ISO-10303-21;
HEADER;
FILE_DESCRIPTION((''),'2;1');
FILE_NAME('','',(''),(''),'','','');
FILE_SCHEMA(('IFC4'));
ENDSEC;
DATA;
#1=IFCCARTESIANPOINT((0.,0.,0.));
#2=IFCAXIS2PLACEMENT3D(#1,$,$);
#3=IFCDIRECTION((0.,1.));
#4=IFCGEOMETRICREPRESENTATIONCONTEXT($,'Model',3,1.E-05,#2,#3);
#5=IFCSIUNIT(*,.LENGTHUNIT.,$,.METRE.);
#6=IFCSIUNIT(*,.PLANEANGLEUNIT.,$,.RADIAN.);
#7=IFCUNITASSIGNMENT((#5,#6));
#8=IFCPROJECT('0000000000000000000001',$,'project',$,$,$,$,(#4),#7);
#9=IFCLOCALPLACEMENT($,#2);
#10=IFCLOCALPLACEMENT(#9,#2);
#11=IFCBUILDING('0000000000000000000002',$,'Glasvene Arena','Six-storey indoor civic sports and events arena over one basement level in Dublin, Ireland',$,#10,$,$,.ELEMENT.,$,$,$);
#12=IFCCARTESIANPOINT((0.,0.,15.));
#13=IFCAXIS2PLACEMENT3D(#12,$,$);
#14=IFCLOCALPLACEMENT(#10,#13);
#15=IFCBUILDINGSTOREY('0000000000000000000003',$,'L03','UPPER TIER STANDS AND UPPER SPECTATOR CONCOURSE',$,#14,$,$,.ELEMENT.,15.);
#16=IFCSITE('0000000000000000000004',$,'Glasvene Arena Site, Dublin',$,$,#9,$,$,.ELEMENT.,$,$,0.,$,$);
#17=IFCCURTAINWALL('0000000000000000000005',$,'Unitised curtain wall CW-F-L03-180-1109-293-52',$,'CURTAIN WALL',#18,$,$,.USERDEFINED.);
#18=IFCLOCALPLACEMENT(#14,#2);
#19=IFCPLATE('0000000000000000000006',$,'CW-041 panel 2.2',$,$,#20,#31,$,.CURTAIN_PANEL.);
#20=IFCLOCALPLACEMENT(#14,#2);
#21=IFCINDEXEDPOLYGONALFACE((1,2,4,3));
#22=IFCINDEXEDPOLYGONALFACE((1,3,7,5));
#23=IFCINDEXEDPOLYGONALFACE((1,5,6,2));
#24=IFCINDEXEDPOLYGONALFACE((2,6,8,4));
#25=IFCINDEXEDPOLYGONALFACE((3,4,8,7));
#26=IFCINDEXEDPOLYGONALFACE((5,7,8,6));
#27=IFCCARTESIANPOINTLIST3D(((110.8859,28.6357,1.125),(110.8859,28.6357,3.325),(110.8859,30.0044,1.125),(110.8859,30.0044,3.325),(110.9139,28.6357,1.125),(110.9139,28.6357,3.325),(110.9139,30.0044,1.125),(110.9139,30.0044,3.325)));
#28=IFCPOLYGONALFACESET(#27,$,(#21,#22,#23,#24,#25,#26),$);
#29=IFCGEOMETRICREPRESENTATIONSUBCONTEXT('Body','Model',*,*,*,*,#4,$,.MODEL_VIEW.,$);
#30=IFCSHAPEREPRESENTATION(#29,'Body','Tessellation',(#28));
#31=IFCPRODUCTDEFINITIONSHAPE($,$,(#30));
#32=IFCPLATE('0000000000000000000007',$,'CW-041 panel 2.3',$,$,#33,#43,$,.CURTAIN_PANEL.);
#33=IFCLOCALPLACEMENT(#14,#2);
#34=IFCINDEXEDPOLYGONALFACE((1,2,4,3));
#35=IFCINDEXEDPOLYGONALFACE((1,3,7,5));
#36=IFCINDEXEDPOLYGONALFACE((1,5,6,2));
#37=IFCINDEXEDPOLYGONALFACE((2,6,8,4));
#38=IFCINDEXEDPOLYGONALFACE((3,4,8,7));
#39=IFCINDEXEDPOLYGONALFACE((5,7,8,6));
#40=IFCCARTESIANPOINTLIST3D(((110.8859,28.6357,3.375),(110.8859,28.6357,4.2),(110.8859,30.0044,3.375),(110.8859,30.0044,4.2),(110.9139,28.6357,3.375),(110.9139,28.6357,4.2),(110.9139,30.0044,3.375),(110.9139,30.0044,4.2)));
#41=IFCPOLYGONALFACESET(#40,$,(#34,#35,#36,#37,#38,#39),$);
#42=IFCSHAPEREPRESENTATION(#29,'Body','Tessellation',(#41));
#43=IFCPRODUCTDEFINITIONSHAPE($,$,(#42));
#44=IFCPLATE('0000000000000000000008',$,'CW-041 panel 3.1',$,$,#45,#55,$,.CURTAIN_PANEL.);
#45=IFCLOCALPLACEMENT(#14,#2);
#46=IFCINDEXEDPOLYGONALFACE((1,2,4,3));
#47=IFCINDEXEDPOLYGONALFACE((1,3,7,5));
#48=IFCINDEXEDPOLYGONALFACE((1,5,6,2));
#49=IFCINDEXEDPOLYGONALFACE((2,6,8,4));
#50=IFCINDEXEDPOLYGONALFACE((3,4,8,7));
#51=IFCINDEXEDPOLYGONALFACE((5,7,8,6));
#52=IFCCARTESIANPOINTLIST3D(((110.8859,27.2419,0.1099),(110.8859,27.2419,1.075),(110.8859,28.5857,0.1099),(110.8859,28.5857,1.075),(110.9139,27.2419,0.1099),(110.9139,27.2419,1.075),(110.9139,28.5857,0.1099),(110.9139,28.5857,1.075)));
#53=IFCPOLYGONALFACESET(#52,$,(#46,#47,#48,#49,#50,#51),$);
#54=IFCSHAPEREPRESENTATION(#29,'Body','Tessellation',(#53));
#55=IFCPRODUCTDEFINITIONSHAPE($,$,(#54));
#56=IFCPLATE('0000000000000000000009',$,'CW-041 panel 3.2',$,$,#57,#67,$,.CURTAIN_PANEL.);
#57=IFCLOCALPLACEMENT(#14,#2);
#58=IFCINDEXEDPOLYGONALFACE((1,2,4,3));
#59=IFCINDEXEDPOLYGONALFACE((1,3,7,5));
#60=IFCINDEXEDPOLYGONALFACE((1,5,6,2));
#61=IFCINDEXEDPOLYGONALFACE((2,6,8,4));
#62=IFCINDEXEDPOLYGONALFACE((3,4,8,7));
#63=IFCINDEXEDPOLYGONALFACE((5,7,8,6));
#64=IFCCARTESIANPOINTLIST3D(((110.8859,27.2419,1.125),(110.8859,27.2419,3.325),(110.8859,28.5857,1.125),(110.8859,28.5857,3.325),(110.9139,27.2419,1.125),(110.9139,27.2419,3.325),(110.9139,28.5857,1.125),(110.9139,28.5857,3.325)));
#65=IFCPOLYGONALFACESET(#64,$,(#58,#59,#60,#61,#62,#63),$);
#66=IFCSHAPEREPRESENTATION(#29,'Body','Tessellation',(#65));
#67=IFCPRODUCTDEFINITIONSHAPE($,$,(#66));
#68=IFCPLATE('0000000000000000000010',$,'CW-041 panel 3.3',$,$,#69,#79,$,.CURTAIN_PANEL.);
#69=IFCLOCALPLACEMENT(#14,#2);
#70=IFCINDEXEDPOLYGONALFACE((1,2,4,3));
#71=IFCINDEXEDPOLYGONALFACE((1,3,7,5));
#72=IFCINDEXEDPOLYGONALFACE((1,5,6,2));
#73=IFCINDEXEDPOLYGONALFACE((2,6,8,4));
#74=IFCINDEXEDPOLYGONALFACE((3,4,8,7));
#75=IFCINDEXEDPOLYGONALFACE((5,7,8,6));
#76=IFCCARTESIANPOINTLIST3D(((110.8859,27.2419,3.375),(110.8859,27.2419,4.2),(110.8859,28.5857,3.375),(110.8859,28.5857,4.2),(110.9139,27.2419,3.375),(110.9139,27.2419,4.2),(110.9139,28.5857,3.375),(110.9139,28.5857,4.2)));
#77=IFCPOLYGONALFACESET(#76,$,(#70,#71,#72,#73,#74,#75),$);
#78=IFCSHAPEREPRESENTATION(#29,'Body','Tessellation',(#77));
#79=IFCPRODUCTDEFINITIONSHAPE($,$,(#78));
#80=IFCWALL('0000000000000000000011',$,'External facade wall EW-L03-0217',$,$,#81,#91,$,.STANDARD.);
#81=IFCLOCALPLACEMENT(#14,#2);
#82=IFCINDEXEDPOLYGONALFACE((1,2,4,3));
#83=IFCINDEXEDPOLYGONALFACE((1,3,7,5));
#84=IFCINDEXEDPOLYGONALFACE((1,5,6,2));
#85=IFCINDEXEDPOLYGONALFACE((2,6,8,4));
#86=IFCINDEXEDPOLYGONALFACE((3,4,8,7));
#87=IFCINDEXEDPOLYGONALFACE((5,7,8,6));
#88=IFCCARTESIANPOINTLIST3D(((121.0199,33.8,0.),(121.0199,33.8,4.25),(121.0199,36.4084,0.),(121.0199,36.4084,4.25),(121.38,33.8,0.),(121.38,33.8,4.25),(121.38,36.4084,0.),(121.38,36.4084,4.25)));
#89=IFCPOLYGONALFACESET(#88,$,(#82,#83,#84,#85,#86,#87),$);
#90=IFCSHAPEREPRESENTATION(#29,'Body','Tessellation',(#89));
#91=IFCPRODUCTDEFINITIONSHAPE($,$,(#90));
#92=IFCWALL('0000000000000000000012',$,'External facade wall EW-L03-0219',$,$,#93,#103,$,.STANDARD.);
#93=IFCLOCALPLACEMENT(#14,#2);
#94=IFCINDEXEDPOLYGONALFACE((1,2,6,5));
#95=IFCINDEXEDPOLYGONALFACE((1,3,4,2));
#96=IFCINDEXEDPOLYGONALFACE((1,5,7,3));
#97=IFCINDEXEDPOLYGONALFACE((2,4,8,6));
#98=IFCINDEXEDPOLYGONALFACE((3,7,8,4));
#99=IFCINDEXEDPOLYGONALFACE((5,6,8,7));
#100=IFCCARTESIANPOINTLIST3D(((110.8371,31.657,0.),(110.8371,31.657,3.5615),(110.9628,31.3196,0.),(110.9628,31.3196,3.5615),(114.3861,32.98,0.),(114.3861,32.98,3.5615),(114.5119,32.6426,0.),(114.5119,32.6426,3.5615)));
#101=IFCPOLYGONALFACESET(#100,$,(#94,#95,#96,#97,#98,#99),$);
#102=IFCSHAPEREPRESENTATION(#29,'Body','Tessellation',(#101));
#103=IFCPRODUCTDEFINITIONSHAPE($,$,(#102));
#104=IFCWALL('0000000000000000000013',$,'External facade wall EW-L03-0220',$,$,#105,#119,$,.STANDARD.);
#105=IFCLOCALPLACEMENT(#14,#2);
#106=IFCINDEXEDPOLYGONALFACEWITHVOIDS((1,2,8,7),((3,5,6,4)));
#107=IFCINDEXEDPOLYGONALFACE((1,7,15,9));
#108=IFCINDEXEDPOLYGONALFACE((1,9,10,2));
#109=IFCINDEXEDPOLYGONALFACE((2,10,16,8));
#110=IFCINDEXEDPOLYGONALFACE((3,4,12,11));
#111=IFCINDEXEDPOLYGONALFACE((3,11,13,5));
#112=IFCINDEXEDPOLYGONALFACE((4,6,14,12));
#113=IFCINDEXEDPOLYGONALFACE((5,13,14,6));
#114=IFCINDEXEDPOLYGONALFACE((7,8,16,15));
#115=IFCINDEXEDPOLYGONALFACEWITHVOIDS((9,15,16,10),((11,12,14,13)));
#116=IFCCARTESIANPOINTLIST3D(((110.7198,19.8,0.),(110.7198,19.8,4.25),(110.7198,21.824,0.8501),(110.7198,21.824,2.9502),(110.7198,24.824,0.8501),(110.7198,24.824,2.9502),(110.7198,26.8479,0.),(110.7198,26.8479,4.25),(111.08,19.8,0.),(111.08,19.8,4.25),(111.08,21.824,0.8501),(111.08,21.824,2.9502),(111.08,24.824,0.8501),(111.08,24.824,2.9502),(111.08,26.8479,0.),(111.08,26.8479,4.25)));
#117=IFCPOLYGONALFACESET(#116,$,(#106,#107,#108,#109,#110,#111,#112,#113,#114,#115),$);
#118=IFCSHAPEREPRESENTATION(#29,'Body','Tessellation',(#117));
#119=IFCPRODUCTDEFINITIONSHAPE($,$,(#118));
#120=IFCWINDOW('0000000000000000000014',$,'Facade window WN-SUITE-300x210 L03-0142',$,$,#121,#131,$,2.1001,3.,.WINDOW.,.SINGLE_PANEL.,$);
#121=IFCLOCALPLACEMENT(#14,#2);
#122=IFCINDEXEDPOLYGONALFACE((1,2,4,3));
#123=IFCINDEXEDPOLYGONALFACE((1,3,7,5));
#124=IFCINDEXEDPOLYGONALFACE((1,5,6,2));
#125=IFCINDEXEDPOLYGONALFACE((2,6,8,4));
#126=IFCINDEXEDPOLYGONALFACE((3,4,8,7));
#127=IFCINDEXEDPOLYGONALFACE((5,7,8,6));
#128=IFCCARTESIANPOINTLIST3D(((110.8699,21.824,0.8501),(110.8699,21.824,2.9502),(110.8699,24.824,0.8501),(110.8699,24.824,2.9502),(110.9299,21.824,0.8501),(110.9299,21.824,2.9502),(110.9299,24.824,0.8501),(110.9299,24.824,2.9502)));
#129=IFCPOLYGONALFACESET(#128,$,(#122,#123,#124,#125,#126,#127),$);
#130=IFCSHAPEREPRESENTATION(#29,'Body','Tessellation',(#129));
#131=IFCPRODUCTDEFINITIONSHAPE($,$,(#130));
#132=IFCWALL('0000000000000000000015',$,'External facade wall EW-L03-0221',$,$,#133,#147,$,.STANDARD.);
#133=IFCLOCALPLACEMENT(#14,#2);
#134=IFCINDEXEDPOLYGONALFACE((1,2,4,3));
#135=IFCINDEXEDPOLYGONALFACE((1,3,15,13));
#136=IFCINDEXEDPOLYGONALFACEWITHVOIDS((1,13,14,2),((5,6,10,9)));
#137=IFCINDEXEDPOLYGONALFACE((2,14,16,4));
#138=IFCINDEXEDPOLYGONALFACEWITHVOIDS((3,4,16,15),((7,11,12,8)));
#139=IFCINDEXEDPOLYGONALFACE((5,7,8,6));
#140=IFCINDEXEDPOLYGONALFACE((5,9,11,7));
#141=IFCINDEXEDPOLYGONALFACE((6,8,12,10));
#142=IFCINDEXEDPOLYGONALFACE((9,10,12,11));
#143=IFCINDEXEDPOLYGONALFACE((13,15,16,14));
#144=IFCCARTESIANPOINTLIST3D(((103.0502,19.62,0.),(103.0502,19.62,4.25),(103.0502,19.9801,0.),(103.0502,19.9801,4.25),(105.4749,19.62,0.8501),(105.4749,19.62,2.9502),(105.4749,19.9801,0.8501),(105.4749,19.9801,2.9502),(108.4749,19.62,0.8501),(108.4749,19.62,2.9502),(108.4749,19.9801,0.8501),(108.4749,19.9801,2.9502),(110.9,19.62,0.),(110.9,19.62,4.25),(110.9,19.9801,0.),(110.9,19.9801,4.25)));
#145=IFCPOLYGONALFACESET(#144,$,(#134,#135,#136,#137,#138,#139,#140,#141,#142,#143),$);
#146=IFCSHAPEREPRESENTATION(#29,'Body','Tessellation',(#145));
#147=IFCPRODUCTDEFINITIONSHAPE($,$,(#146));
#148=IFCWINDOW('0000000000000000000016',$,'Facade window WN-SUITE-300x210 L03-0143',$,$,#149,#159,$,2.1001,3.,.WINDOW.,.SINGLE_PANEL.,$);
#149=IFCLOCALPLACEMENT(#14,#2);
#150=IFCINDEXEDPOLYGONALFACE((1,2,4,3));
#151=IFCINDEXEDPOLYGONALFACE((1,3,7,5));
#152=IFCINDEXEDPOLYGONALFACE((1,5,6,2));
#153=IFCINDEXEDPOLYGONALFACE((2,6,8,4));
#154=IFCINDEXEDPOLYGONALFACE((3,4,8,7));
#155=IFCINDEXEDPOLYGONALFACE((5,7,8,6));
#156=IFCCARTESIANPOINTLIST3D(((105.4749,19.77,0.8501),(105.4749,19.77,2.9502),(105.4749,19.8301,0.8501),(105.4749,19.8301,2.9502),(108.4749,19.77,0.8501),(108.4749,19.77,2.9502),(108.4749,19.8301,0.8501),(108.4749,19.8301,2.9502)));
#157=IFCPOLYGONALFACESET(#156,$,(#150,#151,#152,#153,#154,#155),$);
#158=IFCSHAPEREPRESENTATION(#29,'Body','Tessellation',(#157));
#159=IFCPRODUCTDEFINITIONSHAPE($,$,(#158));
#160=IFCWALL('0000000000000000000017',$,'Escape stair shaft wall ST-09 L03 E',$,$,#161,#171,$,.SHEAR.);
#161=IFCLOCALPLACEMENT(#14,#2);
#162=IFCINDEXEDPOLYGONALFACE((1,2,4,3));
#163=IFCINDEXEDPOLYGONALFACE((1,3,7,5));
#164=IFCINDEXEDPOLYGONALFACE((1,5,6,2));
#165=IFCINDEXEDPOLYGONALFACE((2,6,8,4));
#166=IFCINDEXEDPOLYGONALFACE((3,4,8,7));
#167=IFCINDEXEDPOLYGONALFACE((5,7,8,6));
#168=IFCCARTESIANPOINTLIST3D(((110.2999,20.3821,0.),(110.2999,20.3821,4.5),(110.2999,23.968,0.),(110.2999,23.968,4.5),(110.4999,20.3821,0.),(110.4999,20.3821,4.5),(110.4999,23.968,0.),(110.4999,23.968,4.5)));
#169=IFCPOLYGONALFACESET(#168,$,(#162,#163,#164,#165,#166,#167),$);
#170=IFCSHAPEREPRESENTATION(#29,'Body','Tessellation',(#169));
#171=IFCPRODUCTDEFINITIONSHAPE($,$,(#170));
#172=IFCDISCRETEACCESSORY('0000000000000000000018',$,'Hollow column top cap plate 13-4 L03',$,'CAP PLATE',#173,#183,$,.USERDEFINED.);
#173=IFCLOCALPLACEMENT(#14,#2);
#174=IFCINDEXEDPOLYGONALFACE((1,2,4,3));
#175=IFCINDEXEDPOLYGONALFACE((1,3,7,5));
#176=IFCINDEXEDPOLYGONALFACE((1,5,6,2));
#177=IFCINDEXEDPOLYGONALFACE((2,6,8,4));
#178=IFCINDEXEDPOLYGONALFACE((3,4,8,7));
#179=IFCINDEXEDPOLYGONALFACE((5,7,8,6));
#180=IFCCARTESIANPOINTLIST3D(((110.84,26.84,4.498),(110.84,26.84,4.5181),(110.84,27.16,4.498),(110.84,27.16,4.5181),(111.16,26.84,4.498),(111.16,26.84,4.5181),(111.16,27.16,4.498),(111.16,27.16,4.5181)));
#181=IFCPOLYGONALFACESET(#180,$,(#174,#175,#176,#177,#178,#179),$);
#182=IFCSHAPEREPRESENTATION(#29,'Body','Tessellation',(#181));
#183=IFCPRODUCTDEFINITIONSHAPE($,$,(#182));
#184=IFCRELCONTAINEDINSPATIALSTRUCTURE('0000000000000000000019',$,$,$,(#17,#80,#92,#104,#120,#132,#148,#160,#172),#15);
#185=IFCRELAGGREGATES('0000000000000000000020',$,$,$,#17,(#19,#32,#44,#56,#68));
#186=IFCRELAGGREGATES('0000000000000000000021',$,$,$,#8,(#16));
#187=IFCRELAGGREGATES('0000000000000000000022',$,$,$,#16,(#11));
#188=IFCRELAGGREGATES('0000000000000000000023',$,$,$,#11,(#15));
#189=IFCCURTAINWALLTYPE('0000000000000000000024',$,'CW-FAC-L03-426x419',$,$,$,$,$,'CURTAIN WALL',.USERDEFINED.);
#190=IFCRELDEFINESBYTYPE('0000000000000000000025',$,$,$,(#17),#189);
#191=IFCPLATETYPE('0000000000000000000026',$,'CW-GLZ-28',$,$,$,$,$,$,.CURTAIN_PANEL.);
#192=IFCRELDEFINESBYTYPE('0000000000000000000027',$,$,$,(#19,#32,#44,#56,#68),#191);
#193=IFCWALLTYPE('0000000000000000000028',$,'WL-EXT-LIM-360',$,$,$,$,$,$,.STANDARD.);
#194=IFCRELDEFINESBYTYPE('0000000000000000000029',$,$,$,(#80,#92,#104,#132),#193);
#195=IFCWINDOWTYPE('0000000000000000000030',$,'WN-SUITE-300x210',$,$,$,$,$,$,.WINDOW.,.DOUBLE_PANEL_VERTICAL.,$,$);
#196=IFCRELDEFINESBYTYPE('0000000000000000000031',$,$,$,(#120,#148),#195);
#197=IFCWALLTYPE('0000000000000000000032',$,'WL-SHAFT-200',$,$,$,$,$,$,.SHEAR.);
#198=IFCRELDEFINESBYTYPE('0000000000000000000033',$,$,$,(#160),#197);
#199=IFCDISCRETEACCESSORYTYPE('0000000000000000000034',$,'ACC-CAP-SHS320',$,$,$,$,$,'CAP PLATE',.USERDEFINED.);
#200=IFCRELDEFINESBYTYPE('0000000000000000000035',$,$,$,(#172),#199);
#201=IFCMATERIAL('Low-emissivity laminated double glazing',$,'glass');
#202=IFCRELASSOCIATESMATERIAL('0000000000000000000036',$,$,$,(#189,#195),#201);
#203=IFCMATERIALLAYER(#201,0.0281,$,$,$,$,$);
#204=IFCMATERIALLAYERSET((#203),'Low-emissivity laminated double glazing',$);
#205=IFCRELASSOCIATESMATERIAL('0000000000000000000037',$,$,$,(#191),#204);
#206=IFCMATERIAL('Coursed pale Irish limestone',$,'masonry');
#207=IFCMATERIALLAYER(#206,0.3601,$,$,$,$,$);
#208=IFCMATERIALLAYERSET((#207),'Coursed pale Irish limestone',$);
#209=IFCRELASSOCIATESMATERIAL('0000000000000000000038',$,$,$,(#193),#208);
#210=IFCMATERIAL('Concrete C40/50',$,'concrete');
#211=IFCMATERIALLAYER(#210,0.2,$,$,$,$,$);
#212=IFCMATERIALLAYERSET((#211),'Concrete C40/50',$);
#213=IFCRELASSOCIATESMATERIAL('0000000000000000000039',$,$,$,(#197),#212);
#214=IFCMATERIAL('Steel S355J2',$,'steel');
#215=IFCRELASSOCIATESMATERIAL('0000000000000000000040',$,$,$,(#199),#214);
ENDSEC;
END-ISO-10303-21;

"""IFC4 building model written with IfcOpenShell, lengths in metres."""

from ifc_helpers import new_model, si_unit, direction, frame, frame_2d, origin, origin_2d, place, context, subcontext, project, spatial, rectangle, extrude, material, layer, layer_set, type_object, element, fill, aggregate, save


model = new_model("IFC4")

# Units and contexts
model_context = context("Model", 3, precision=1e-05, world=origin(), true_north=direction((0.0, 1.0)))
body_context = subcontext(model_context, "Body", "Model", "MODEL_VIEW")
ifc_project = project(units=[si_unit("LENGTHUNIT", "METRE"), si_unit("PLANEANGLEUNIT", "RADIAN")], contexts=[model_context])

# Site, building, storey
site_placement = place(None, origin())
site = spatial("IfcSite", under=ifc_project, at=site_placement, Name="Glasvene Arena Site, Dublin", CompositionType="ELEMENT", RefElevation=0.0)
building_placement = place(site_placement, origin())
building = spatial("IfcBuilding", under=site, at=building_placement, Name="Glasvene Arena", Description="Six-storey indoor civic sports and events arena over one basement level in Dublin, Ireland", CompositionType="ELEMENT")
storey_placement = place(building_placement, frame((0.0, 0.0, 15.0)))
storey = spatial("IfcBuildingStorey", under=building, at=storey_placement, Name="L03", Description="UPPER TIER STANDS AND UPPER SPECTATOR CONCOURSE", CompositionType="ELEMENT", Elevation=15.0)

# Shared definitions
ifc_material_1 = material(Name="Steel S355J2", Category="steel")

# Curtain wall, plates
ifc_material_2 = material(Name="Low-emissivity laminated double glazing", Category="glass")
curtain_wall_type = type_object("IfcCurtainWallType", Name="CW-FAC-L03-426x419", ElementType="CURTAIN WALL", PredefinedType="USERDEFINED", material=ifc_material_2)
curtain_wall_placement = place(storey_placement, frame((110.8999, 31.4482, 0.0)))
curtain_wall = element("IfcCurtainWall", 1, at=curtain_wall_placement, inside=storey, type_object=curtain_wall_type, Name="Unitised curtain wall CW-F-L03-180-1109-293-52", ObjectType="CURTAIN WALL", PredefinedType="USERDEFINED")
ifc_layer_1 = layer(ifc_material_2, 0.0281)
ifc_layer_set_1 = layer_set([ifc_layer_1], Name="Low-emissivity laminated double glazing")
plate_type = type_object("IfcPlateType", Name="CW-GLZ-28", PredefinedType="CURTAIN_PANEL", material=ifc_layer_set_1)
plate_1_placement = place(storey_placement, frame((110.8999, 29.3201, 1.125), z_axis=(0.0, 0.0, 1.0), x_axis=(0.0, -1.0, 0.0)))
plate_1 = element("IfcPlate", 2, at=plate_1_placement, type_object=plate_type, Name="CW-041 panel 2.2", PredefinedType="CURTAIN_PANEL", context=body_context, shape_type="SweptSolid", body=[
    extrude(rectangle(XDim=1.3687, YDim=0.0281, at=origin_2d()), origin(), (0.0, 0.0, 1.0), 2.2),
])
plate_2_placement = place(storey_placement, frame((110.8999, 29.3201, 3.375), z_axis=(0.0, 0.0, 1.0), x_axis=(0.0, -1.0, 0.0)))
plate_2 = element("IfcPlate", 3, at=plate_2_placement, type_object=plate_type, Name="CW-041 panel 2.3", PredefinedType="CURTAIN_PANEL", context=body_context, shape_type="SweptSolid", body=[
    extrude(rectangle(XDim=1.3687, YDim=0.0281, at=origin_2d()), origin(), (0.0, 0.0, 1.0), 0.825),
])
plate_3_placement = place(storey_placement, frame((110.8999, 27.9138, 0.1099), z_axis=(0.0, 0.0, 1.0), x_axis=(0.0, -1.0, 0.0)))
plate_3 = element("IfcPlate", 4, at=plate_3_placement, type_object=plate_type, Name="CW-041 panel 3.1", PredefinedType="CURTAIN_PANEL", context=body_context, shape_type="SweptSolid", body=[
    extrude(rectangle(XDim=1.3438, YDim=0.0281, at=origin_2d()), origin(), (0.0, 0.0, 1.0), 0.9651),
])
plate_4_placement = place(storey_placement, frame((110.8999, 27.9138, 1.125), z_axis=(0.0, 0.0, 1.0), x_axis=(0.0, -1.0, 0.0)))
plate_4 = element("IfcPlate", 5, at=plate_4_placement, type_object=plate_type, Name="CW-041 panel 3.2", PredefinedType="CURTAIN_PANEL", context=body_context, shape_type="SweptSolid", body=[
    extrude(rectangle(XDim=1.3438, YDim=0.0281, at=origin_2d()), origin(), (0.0, 0.0, 1.0), 2.2),
])
plate_5_placement = place(storey_placement, frame((110.8999, 27.9138, 3.375), z_axis=(0.0, 0.0, 1.0), x_axis=(0.0, -1.0, 0.0)))
plate_5 = element("IfcPlate", 6, at=plate_5_placement, type_object=plate_type, Name="CW-041 panel 3.3", PredefinedType="CURTAIN_PANEL", context=body_context, shape_type="SweptSolid", body=[
    extrude(rectangle(XDim=1.3438, YDim=0.0281, at=origin_2d()), origin(), (0.0, 0.0, 1.0), 0.825),
])
aggregate(curtain_wall, [plate_1, plate_2, plate_3, plate_4, plate_5])

# Walls
ifc_material_3 = material(Name="Coursed pale Irish limestone", Category="masonry")
ifc_layer_2 = layer(ifc_material_3, 0.3601)
ifc_layer_set_2 = layer_set([ifc_layer_2], Name="Coursed pale Irish limestone")
wall_type_1 = type_object("IfcWallType", Name="WL-EXT-LIM-360", PredefinedType="STANDARD", material=ifc_layer_set_2)
wall_1_placement = place(storey_placement, frame((121.2, 33.8, 0.0), z_axis=(0.0, 0.0, 1.0), x_axis=(0.0, 1.0, 0.0)))
element("IfcWall", 7, at=wall_1_placement, inside=storey, type_object=wall_type_1, Name="External facade wall EW-L03-0217", PredefinedType="STANDARD", context=body_context, shape_type="SweptSolid", body=[
    extrude(rectangle(XDim=2.6084, YDim=0.3601, at=frame_2d((1.3042, 0.0))), origin(), (0.0, 0.0, 1.0), 4.25),
])
wall_2_placement = place(storey_placement, frame((114.449, 32.8113, 0.0), z_axis=(0.0, 0.0, 1.0), x_axis=(-0.937013, -0.349293, 0.0)))
element("IfcWall", 8, at=wall_2_placement, inside=storey, type_object=wall_type_1, Name="External facade wall EW-L03-0219", PredefinedType="STANDARD", context=body_context, shape_type="SweptSolid", body=[
    extrude(rectangle(XDim=3.7876, YDim=0.3601, at=frame_2d((1.8938, 0.0))), origin(), (0.0, 0.0, 1.0), 3.5615),
])

# Walls, openings, windows
wall_3_placement = place(storey_placement, frame((110.8999, 26.8479, 0.0), z_axis=(0.0, 0.0, 1.0), x_axis=(0.0, -1.0, 0.0)))
wall_3 = element("IfcWall", 9, at=wall_3_placement, inside=storey, type_object=wall_type_1, Name="External facade wall EW-L03-0220", PredefinedType="STANDARD", context=body_context, shape_type="SweptSolid", body=[
    extrude(rectangle(XDim=7.0479, YDim=0.3601, at=frame_2d((3.5239, 0.0))), origin(), (0.0, 0.0, 1.0), 4.25),
])
opening_1_placement = place(wall_3_placement, frame((2.0239, 0.0, 0.8501)))
opening_1 = element("IfcOpeningElement", 10, at=opening_1_placement, cuts=wall_3, PredefinedType="OPENING", context=body_context, shape_type="SweptSolid", body=[
    extrude(rectangle(XDim=3.0, YDim=2.1001, at=frame_2d((1.5, 1.05))), frame((0.0, 0.1899, 0.0), z_axis=(0.0, -1.0, 0.0), x_axis=(1.0, 0.0, 0.0)), (0.0, 0.0, 1.0), 0.3801),
])
window_type = type_object("IfcWindowType", Name="WN-SUITE-300x210", PartitioningType="DOUBLE_PANEL_VERTICAL", PredefinedType="WINDOW", material=ifc_material_2)
window_1_placement = place(opening_1_placement, origin())
window_1 = element("IfcWindow", 11, at=window_1_placement, inside=storey, type_object=window_type, Name="Facade window WN-SUITE-300x210 L03-0142", OverallHeight=2.1001, OverallWidth=3.0, PartitioningType="SINGLE_PANEL", PredefinedType="WINDOW", context=body_context, shape_type="SweptSolid", body=[
    extrude(rectangle(XDim=3.0, YDim=2.1001, at=frame_2d((1.5, 1.05))), frame((0.0, 0.03, 0.0), z_axis=(0.0, -1.0, 0.0), x_axis=(1.0, 0.0, 0.0)), (0.0, 0.0, 1.0), 0.0601),
])
fill(opening_1, window_1)
wall_4_placement = place(storey_placement, frame((110.8999, 19.8, 0.0), z_axis=(0.0, 0.0, 1.0), x_axis=(-1.0, 0.0, 0.0)))
wall_4 = element("IfcWall", 12, at=wall_4_placement, inside=storey, type_object=wall_type_1, Name="External facade wall EW-L03-0221", PredefinedType="STANDARD", context=body_context, shape_type="SweptSolid", body=[
    extrude(rectangle(XDim=7.8499, YDim=0.3601, at=frame_2d((3.9248, 0.0))), origin(), (0.0, 0.0, 1.0), 4.25),
])
opening_2_placement = place(wall_4_placement, frame((2.425, 0.0, 0.8501)))
opening_2 = element("IfcOpeningElement", 13, at=opening_2_placement, cuts=wall_4, PredefinedType="OPENING", context=body_context, shape_type="SweptSolid", body=[
    extrude(rectangle(XDim=3.0, YDim=2.1001, at=frame_2d((1.5, 1.05))), frame((0.0, 0.1899, 0.0), z_axis=(0.0, -1.0, 0.0), x_axis=(1.0, 0.0, 0.0)), (0.0, 0.0, 1.0), 0.3801),
])
window_2_placement = place(opening_2_placement, origin())
window_2 = element("IfcWindow", 14, at=window_2_placement, inside=storey, type_object=window_type, Name="Facade window WN-SUITE-300x210 L03-0143", OverallHeight=2.1001, OverallWidth=3.0, PartitioningType="SINGLE_PANEL", PredefinedType="WINDOW", context=body_context, shape_type="SweptSolid", body=[
    extrude(rectangle(XDim=3.0, YDim=2.1001, at=frame_2d((1.5, 1.05))), frame((0.0, 0.03, 0.0), z_axis=(0.0, -1.0, 0.0), x_axis=(1.0, 0.0, 0.0)), (0.0, 0.0, 1.0), 0.0601),
])
fill(opening_2, window_2)

# Wall
ifc_material_4 = material(Name="Concrete C40/50", Category="concrete")
ifc_layer_3 = layer(ifc_material_4, 0.2)
ifc_layer_set_3 = layer_set([ifc_layer_3], Name="Concrete C40/50")
wall_type_2 = type_object("IfcWallType", Name="WL-SHAFT-200", PredefinedType="SHEAR", material=ifc_layer_set_3)
wall_5_placement = place(storey_placement, frame((110.3999, 20.3821, 0.0), z_axis=(0.0, 0.0, 1.0), x_axis=(0.0, 1.0, 0.0)))
element("IfcWall", 15, at=wall_5_placement, inside=storey, type_object=wall_type_2, Name="Escape stair shaft wall ST-09 L03 E", PredefinedType="SHEAR", context=body_context, shape_type="SweptSolid", body=[
    extrude(rectangle(XDim=3.5859, YDim=0.2, at=frame_2d((1.793, 0.0))), origin(), (0.0, 0.0, 1.0), 4.5),
])

# Discrete accessory
discrete_accessory_type = type_object("IfcDiscreteAccessoryType", Name="ACC-CAP-SHS320", ElementType="CAP PLATE", PredefinedType="USERDEFINED", material=ifc_material_1)
discrete_accessory_placement = place(storey_placement, frame((111.0, 27.0, 4.498), z_axis=(0.0, 0.0, 1.0), x_axis=(1.0, 0.0, 0.0)))
element("IfcDiscreteAccessory", 16, at=discrete_accessory_placement, inside=storey, type_object=discrete_accessory_type, Name="Hollow column top cap plate 13-4 L03", ObjectType="CAP PLATE", PredefinedType="USERDEFINED", context=body_context, shape_type="SweptSolid", body=[
    extrude(rectangle(XDim=0.3201, YDim=0.3201, at=origin_2d()), origin(), (0.0, 0.0, 1.0), 0.02),
])

save(model, "model.ifc")
